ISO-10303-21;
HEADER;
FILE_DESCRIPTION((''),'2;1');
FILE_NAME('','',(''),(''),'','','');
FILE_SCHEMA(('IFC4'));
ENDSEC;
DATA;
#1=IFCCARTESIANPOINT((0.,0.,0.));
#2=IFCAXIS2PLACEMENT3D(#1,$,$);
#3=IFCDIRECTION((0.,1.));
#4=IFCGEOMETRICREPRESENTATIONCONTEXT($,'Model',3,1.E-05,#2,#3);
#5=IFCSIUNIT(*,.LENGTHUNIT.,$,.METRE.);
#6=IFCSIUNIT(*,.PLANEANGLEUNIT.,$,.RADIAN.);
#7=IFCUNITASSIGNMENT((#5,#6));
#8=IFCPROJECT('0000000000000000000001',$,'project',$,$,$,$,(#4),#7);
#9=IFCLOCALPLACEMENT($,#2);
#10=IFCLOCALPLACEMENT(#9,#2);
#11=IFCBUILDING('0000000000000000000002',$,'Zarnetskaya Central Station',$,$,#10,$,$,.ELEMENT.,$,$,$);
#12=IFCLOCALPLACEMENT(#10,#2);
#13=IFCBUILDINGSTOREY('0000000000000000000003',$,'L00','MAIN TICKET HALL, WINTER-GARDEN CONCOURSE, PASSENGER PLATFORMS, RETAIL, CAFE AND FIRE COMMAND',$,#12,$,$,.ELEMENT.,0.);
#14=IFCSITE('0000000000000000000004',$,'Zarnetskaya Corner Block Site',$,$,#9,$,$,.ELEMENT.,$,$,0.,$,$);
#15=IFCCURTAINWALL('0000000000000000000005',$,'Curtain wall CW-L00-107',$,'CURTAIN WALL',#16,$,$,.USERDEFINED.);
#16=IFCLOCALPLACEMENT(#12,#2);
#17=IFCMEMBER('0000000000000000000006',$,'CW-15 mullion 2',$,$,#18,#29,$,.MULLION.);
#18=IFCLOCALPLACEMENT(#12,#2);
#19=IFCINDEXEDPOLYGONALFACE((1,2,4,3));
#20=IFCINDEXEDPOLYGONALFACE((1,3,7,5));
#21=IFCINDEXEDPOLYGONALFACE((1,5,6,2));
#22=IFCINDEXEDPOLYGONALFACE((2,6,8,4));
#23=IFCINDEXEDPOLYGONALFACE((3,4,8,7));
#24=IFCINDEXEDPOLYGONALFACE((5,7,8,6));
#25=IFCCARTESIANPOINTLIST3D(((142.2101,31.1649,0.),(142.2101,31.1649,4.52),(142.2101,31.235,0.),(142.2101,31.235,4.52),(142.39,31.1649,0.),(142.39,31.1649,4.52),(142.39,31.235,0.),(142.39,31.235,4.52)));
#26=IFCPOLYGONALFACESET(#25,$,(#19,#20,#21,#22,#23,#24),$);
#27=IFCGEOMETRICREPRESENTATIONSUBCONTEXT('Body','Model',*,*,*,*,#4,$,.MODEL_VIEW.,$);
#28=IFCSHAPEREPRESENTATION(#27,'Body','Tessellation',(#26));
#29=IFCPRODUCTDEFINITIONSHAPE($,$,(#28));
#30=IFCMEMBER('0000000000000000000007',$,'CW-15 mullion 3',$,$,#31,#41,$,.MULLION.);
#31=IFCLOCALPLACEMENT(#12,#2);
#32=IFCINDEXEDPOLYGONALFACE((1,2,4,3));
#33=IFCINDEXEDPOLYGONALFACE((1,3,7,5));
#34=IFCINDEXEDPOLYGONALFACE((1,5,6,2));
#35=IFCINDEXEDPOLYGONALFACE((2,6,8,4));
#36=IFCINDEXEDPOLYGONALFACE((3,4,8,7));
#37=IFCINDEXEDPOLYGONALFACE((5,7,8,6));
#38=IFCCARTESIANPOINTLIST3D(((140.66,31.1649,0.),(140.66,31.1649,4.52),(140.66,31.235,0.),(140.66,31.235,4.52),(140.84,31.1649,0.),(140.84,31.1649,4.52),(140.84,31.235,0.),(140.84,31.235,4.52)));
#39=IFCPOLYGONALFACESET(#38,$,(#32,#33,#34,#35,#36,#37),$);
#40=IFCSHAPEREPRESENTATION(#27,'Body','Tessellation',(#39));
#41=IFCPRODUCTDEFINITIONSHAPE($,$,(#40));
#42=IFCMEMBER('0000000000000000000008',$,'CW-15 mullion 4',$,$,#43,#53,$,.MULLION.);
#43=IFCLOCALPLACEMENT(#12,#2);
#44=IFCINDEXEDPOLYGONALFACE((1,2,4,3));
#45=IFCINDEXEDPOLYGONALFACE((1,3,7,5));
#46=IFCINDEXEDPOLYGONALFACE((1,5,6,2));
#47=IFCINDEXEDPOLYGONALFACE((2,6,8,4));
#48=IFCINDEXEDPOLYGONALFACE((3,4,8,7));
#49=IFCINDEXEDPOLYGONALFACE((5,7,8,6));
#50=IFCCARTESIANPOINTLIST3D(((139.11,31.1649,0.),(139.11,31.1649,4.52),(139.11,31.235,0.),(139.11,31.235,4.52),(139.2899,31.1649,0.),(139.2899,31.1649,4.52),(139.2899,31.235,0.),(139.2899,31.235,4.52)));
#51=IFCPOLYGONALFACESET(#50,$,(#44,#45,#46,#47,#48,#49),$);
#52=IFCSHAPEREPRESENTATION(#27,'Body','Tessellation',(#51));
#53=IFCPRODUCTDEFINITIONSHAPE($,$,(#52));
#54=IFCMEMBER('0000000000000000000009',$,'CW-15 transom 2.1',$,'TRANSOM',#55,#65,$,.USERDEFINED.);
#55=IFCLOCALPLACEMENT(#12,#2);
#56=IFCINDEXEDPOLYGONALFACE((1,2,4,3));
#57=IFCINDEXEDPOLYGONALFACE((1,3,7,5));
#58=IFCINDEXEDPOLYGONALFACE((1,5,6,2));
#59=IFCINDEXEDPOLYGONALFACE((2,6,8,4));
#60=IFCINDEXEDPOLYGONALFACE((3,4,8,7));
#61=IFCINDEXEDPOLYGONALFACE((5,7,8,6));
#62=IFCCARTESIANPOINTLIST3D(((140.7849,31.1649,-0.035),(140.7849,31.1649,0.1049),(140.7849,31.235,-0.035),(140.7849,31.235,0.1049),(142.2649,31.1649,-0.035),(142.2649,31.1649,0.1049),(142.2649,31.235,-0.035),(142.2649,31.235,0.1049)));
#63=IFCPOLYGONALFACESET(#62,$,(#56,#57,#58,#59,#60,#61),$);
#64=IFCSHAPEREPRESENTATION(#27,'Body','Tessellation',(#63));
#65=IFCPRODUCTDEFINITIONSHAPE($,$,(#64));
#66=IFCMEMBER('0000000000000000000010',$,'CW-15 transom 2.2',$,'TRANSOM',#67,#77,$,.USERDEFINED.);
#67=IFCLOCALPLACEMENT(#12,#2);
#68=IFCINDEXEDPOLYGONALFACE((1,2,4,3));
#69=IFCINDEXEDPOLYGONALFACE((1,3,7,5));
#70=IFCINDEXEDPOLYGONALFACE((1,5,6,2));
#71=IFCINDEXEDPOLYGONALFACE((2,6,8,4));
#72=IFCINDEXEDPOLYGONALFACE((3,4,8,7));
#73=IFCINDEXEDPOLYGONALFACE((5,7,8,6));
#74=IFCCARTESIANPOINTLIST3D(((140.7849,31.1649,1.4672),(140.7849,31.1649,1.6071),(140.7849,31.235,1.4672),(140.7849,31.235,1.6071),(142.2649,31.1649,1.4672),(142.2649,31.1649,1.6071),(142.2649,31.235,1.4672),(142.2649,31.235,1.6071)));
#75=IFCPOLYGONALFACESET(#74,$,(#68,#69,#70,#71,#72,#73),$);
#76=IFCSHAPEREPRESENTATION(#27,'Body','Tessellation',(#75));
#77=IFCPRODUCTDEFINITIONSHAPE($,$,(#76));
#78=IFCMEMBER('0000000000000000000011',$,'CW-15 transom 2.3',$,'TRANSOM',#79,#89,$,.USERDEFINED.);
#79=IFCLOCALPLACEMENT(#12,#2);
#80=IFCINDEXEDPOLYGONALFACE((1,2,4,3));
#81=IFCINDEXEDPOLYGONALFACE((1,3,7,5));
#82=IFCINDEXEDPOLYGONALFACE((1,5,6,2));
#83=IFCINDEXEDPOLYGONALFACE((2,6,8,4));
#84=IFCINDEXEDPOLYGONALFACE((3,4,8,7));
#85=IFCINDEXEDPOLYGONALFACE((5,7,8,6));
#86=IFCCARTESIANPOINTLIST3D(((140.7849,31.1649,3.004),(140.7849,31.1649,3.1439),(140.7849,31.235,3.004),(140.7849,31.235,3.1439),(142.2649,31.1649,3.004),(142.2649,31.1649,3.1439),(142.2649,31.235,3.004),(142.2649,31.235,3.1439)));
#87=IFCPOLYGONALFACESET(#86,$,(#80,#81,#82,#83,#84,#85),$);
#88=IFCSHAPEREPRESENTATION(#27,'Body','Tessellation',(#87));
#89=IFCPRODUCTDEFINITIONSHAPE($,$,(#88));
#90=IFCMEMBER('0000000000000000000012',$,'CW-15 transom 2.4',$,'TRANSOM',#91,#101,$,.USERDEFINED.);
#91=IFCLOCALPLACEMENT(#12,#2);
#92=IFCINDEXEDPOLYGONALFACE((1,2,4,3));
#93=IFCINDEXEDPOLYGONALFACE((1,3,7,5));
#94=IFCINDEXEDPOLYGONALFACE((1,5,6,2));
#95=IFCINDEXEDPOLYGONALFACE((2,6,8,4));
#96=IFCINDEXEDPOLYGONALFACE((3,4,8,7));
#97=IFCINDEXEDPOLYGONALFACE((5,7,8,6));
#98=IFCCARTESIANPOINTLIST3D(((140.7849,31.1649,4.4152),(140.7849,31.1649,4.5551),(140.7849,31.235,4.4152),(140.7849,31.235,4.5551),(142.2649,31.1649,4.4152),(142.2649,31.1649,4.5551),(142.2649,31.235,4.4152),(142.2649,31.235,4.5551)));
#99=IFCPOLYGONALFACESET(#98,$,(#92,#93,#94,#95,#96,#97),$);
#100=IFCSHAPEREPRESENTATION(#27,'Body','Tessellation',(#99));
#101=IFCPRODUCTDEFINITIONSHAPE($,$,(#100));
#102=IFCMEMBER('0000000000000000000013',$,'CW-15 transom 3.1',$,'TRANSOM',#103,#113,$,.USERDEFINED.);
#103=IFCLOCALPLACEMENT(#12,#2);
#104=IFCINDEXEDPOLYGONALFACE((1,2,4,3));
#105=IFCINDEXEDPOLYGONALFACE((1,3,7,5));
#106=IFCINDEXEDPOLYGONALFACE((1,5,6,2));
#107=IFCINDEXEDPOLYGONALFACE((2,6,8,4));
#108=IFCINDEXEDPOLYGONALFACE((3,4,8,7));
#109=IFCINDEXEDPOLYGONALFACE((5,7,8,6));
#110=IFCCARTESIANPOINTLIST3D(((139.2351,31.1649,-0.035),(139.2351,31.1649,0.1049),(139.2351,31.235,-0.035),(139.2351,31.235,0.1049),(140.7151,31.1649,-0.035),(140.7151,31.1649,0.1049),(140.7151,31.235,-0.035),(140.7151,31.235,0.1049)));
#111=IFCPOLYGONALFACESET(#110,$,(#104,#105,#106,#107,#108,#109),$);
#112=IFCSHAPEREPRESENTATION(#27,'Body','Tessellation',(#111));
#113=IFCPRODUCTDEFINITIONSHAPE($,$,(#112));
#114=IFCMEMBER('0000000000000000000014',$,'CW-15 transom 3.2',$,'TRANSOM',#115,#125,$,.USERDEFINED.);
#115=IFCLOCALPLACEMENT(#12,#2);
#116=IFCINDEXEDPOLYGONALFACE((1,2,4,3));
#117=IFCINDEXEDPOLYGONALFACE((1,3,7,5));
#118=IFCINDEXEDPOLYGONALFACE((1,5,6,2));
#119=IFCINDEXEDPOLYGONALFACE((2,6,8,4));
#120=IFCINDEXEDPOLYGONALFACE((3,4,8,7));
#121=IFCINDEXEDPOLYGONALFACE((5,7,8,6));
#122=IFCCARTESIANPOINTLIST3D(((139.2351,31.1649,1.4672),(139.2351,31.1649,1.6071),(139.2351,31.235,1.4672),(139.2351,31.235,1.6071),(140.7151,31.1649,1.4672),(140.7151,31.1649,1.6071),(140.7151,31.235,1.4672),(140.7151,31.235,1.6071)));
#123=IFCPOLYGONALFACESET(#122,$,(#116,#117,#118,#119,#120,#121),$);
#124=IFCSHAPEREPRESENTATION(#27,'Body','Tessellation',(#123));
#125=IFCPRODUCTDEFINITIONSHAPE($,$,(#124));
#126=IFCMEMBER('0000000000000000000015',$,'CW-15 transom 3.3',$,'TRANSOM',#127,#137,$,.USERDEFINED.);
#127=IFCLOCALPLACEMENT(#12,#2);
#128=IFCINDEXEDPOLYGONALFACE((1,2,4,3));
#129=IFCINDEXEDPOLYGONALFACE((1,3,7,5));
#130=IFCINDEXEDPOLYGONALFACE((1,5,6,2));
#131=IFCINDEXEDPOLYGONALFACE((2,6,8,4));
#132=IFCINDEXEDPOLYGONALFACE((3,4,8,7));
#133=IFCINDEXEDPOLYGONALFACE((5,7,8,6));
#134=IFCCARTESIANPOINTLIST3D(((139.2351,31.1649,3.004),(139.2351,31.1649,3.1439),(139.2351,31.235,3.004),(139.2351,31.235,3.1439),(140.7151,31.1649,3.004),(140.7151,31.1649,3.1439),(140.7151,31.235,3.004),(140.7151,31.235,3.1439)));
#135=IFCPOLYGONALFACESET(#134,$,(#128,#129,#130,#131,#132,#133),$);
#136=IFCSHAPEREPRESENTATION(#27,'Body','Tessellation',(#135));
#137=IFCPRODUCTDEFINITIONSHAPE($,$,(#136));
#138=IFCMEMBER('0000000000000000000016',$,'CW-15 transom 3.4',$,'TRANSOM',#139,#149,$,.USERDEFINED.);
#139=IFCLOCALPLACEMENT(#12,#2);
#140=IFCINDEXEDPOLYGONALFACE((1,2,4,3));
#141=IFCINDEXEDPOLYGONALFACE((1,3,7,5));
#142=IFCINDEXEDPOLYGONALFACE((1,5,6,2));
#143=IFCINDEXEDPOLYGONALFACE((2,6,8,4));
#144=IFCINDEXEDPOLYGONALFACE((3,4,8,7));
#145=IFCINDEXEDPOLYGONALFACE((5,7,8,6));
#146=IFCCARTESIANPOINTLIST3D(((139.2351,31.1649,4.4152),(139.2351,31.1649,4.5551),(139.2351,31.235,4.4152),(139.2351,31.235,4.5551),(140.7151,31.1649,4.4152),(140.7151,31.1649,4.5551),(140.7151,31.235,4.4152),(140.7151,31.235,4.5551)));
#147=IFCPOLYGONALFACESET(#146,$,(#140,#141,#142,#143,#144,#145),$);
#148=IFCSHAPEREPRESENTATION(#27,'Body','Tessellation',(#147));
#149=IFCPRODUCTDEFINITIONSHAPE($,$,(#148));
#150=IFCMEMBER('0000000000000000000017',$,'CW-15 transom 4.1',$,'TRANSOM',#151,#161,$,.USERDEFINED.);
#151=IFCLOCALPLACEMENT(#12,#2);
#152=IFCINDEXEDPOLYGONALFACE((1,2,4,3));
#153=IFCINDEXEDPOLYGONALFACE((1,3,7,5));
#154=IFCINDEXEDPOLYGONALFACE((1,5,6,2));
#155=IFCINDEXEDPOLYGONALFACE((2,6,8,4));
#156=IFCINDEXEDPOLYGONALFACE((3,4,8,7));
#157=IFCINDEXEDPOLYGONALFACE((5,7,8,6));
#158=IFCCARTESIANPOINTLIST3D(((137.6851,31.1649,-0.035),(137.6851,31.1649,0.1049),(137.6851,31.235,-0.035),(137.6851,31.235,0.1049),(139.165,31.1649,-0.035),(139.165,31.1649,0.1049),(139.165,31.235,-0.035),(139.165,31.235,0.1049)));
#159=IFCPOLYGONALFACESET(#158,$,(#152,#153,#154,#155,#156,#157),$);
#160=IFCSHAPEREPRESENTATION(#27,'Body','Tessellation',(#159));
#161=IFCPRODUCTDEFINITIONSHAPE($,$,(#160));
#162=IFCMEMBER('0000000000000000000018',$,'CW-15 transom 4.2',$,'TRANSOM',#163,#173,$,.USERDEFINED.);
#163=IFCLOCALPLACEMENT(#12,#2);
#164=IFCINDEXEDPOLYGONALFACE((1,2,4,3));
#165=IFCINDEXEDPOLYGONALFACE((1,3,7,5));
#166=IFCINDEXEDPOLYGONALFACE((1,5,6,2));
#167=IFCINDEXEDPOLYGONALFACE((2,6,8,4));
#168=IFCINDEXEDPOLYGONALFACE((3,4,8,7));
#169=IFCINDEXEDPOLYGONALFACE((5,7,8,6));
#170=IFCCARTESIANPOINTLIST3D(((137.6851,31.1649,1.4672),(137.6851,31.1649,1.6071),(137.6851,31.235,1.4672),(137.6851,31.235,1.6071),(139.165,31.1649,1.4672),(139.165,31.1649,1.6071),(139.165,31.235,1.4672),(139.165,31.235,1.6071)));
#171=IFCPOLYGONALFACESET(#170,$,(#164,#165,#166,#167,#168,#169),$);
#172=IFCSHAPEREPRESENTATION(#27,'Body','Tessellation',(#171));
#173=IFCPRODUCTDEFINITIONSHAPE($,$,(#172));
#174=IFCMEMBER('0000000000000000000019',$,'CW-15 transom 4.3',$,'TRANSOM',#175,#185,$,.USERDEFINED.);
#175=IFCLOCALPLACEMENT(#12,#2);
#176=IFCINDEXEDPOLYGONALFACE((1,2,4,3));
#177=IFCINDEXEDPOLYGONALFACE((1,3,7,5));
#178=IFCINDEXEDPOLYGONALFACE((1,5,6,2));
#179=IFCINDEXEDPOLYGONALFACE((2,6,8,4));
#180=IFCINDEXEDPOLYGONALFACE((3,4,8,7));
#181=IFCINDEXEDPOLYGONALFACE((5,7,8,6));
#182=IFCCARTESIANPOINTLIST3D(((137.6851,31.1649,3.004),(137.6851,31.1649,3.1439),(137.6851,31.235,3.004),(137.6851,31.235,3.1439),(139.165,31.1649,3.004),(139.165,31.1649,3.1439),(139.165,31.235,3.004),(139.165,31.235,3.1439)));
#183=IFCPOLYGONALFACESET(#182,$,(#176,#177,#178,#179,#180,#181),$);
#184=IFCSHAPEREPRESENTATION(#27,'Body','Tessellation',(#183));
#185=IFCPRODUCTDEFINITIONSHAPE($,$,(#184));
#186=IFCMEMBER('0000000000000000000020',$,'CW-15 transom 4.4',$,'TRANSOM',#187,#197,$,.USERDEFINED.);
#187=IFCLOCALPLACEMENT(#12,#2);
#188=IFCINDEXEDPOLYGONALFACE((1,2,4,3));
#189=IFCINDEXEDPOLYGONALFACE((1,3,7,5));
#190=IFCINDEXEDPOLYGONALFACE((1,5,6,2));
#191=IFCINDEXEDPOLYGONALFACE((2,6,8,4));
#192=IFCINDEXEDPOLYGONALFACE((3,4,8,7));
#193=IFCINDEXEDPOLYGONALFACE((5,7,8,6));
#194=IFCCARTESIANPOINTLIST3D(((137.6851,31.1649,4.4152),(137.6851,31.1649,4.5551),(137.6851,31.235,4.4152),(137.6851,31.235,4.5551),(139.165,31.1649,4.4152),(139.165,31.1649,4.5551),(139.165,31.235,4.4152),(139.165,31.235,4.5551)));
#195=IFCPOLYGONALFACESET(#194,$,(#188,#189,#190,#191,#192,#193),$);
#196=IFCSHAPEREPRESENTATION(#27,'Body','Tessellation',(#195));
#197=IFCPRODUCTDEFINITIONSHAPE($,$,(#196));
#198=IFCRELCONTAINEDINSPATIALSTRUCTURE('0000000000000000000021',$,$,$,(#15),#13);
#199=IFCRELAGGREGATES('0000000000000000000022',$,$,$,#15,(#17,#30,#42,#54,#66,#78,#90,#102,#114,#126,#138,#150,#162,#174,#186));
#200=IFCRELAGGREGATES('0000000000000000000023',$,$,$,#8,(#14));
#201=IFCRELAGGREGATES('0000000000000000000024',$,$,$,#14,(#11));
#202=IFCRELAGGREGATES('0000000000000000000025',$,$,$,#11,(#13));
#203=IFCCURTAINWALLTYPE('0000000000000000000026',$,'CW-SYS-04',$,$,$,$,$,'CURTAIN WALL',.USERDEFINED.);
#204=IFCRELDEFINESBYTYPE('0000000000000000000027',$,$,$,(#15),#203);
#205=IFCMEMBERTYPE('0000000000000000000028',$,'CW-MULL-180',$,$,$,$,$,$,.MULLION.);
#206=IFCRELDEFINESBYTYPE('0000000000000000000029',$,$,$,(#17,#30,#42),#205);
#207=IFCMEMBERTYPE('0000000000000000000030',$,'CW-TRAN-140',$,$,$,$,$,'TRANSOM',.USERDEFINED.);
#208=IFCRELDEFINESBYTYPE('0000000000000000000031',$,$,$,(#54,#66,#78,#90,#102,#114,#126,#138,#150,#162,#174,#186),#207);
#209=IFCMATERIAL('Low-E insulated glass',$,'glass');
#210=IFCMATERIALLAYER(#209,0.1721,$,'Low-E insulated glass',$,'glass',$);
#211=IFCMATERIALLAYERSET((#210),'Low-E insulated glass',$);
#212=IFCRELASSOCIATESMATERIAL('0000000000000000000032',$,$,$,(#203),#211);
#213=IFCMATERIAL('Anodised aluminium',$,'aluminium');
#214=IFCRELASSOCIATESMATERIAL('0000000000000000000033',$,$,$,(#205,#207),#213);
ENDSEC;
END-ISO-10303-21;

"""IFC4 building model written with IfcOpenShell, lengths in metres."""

from ifc_helpers import new_model, si_unit, direction, frame, origin, origin_2d, place, context, subcontext, project, spatial, rectangle, extrude, material, layer, layer_set, material_profile, profile_set, type_object, element, aggregate, save


model = new_model("IFC4")

# Units and contexts
model_context = context("Model", 3, precision=1e-05, world=origin(), true_north=direction((0.0, 1.0)))
body_context = subcontext(model_context, "Body", "Model", "MODEL_VIEW")
ifc_project = project(units=[si_unit("LENGTHUNIT", "METRE"), si_unit("PLANEANGLEUNIT", "RADIAN")], contexts=[model_context])

# Site, building, storey
site_placement = place(None, origin())
site = spatial("IfcSite", under=ifc_project, at=site_placement, Name="Zarnetskaya Corner Block Site", CompositionType="ELEMENT", RefElevation=0.0)
building_placement = place(site_placement, origin())
building = spatial("IfcBuilding", under=site, at=building_placement, Name="Zarnetskaya Central Station", CompositionType="ELEMENT")
storey_placement = place(building_placement, origin())
storey = spatial("IfcBuildingStorey", under=building, at=storey_placement, Name="L00", Description="MAIN TICKET HALL, WINTER-GARDEN CONCOURSE, PASSENGER PLATFORMS, RETAIL, CAFE AND FIRE COMMAND", CompositionType="ELEMENT", Elevation=0.0)

# Curtain wall, members
ifc_material_1 = material(Name="Low-E insulated glass", Category="glass")
ifc_layer_1 = layer(ifc_material_1, 0.1721, Name="Low-E insulated glass", Category="glass")
ifc_layer_set_1 = layer_set([ifc_layer_1], Name="Low-E insulated glass")
curtain_wall_type = type_object("IfcCurtainWallType", Name="CW-SYS-04", ElementType="CURTAIN WALL", PredefinedType="USERDEFINED", material=ifc_layer_set_1)
curtain_wall_placement = place(storey_placement, origin())
curtain_wall = element("IfcCurtainWall", 1, at=curtain_wall_placement, inside=storey, type_object=curtain_wall_type, Name="Curtain wall CW-L00-107", ObjectType="CURTAIN WALL", PredefinedType="USERDEFINED")
ifc_material_2 = material(Name="Anodised aluminium", Category="aluminium")
ifc_material_profile_1 = material_profile(ifc_material_2, rectangle(XDim=0.0701, YDim=0.1799, at=origin_2d()), Name="ALU MULL 70x180")
ifc_profile_set_1 = profile_set([ifc_material_profile_1], Name="Anodised aluminium")
member_type_1 = type_object("IfcMemberType", Name="CW-MULL-180", PredefinedType="MULLION", material=ifc_profile_set_1)
member_1_placement = place(storey_placement, frame((142.3, 31.2, 0.0), z_axis=(0.0, 0.0, 1.0), x_axis=(0.0, -1.0, 0.0)))
member_1 = element("IfcMember", 2, at=member_1_placement, type_object=member_type_1, Name="CW-15 mullion 2", PredefinedType="MULLION", context=body_context, shape_type="SweptSolid", body=[
    extrude(rectangle(XDim=0.0701, YDim=0.1799, at=origin_2d()), origin(), (0.0, 0.0, 1.0), 4.52),
])
member_2_placement = place(storey_placement, frame((140.75, 31.2, 0.0), z_axis=(0.0, 0.0, 1.0), x_axis=(0.0, -1.0, 0.0)))
member_2 = element("IfcMember", 3, at=member_2_placement, type_object=member_type_1, Name="CW-15 mullion 3", PredefinedType="MULLION", context=body_context, shape_type="SweptSolid", body=[
    extrude(rectangle(XDim=0.0701, YDim=0.1799, at=origin_2d()), origin(), (0.0, 0.0, 1.0), 4.52),
])
member_3_placement = place(storey_placement, frame((139.2, 31.2, 0.0), z_axis=(0.0, 0.0, 1.0), x_axis=(0.0, -1.0, 0.0)))
member_3 = element("IfcMember", 4, at=member_3_placement, type_object=member_type_1, Name="CW-15 mullion 4", PredefinedType="MULLION", context=body_context, shape_type="SweptSolid", body=[
    extrude(rectangle(XDim=0.0701, YDim=0.1799, at=origin_2d()), origin(), (0.0, 0.0, 1.0), 4.52),
])
ifc_material_profile_2 = material_profile(ifc_material_2, rectangle(XDim=0.0701, YDim=0.1399, at=origin_2d()), Name="ALU TRAN 70x140")
ifc_profile_set_2 = profile_set([ifc_material_profile_2], Name="Anodised aluminium")
member_type_2 = type_object("IfcMemberType", Name="CW-TRAN-140", ElementType="TRANSOM", PredefinedType="USERDEFINED", material=ifc_profile_set_2)
member_4_placement = place(storey_placement, frame((142.2649, 31.2, 0.0349), z_axis=(-1.0, 0.0, 0.0), x_axis=(0.0, -1.0, 0.0)))
member_4 = element("IfcMember", 5, at=member_4_placement, type_object=member_type_2, Name="CW-15 transom 2.1", ObjectType="TRANSOM", PredefinedType="USERDEFINED", context=body_context, shape_type="SweptSolid", body=[
    extrude(rectangle(XDim=0.0701, YDim=0.1399, at=origin_2d()), origin(), (0.0, 0.0, 1.0), 1.48),
])
member_5_placement = place(storey_placement, frame((142.2649, 31.2, 1.5371), z_axis=(-1.0, 0.0, 0.0), x_axis=(0.0, -1.0, 0.0)))
member_5 = element("IfcMember", 6, at=member_5_placement, type_object=member_type_2, Name="CW-15 transom 2.2", ObjectType="TRANSOM", PredefinedType="USERDEFINED", context=body_context, shape_type="SweptSolid", body=[
    extrude(rectangle(XDim=0.0701, YDim=0.1399, at=origin_2d()), origin(), (0.0, 0.0, 1.0), 1.48),
])
member_6_placement = place(storey_placement, frame((142.2649, 31.2, 3.074), z_axis=(-1.0, 0.0, 0.0), x_axis=(0.0, -1.0, 0.0)))
member_6 = element("IfcMember", 7, at=member_6_placement, type_object=member_type_2, Name="CW-15 transom 2.3", ObjectType="TRANSOM", PredefinedType="USERDEFINED", context=body_context, shape_type="SweptSolid", body=[
    extrude(rectangle(XDim=0.0701, YDim=0.1399, at=origin_2d()), origin(), (0.0, 0.0, 1.0), 1.48),
])
member_7_placement = place(storey_placement, frame((142.2649, 31.2, 4.4851), z_axis=(-1.0, 0.0, 0.0), x_axis=(0.0, -1.0, 0.0)))
member_7 = element("IfcMember", 8, at=member_7_placement, type_object=member_type_2, Name="CW-15 transom 2.4", ObjectType="TRANSOM", PredefinedType="USERDEFINED", context=body_context, shape_type="SweptSolid", body=[
    extrude(rectangle(XDim=0.0701, YDim=0.1399, at=origin_2d()), origin(), (0.0, 0.0, 1.0), 1.48),
])
member_8_placement = place(storey_placement, frame((140.7151, 31.2, 0.0349), z_axis=(-1.0, 0.0, 0.0), x_axis=(0.0, -1.0, 0.0)))
member_8 = element("IfcMember", 9, at=member_8_placement, type_object=member_type_2, Name="CW-15 transom 3.1", ObjectType="TRANSOM", PredefinedType="USERDEFINED", context=body_context, shape_type="SweptSolid", body=[
    extrude(rectangle(XDim=0.0701, YDim=0.1399, at=origin_2d()), origin(), (0.0, 0.0, 1.0), 1.48),
])
member_9_placement = place(storey_placement, frame((140.7151, 31.2, 1.5371), z_axis=(-1.0, 0.0, 0.0), x_axis=(0.0, -1.0, 0.0)))
member_9 = element("IfcMember", 10, at=member_9_placement, type_object=member_type_2, Name="CW-15 transom 3.2", ObjectType="TRANSOM", PredefinedType="USERDEFINED", context=body_context, shape_type="SweptSolid", body=[
    extrude(rectangle(XDim=0.0701, YDim=0.1399, at=origin_2d()), origin(), (0.0, 0.0, 1.0), 1.48),
])
member_10_placement = place(storey_placement, frame((140.7151, 31.2, 3.074), z_axis=(-1.0, 0.0, 0.0), x_axis=(0.0, -1.0, 0.0)))
member_10 = element("IfcMember", 11, at=member_10_placement, type_object=member_type_2, Name="CW-15 transom 3.3", ObjectType="TRANSOM", PredefinedType="USERDEFINED", context=body_context, shape_type="SweptSolid", body=[
    extrude(rectangle(XDim=0.0701, YDim=0.1399, at=origin_2d()), origin(), (0.0, 0.0, 1.0), 1.48),
])
member_11_placement = place(storey_placement, frame((140.7151, 31.2, 4.4851), z_axis=(-1.0, 0.0, 0.0), x_axis=(0.0, -1.0, 0.0)))
member_11 = element("IfcMember", 12, at=member_11_placement, type_object=member_type_2, Name="CW-15 transom 3.4", ObjectType="TRANSOM", PredefinedType="USERDEFINED", context=body_context, shape_type="SweptSolid", body=[
    extrude(rectangle(XDim=0.0701, YDim=0.1399, at=origin_2d()), origin(), (0.0, 0.0, 1.0), 1.48),
])
member_12_placement = place(storey_placement, frame((139.165, 31.2, 0.0349), z_axis=(-1.0, 0.0, 0.0), x_axis=(0.0, -1.0, 0.0)))
member_12 = element("IfcMember", 13, at=member_12_placement, type_object=member_type_2, Name="CW-15 transom 4.1", ObjectType="TRANSOM", PredefinedType="USERDEFINED", context=body_context, shape_type="SweptSolid", body=[
    extrude(rectangle(XDim=0.0701, YDim=0.1399, at=origin_2d()), origin(), (0.0, 0.0, 1.0), 1.48),
])
member_13_placement = place(storey_placement, frame((139.165, 31.2, 1.5371), z_axis=(-1.0, 0.0, 0.0), x_axis=(0.0, -1.0, 0.0)))
member_13 = element("IfcMember", 14, at=member_13_placement, type_object=member_type_2, Name="CW-15 transom 4.2", ObjectType="TRANSOM", PredefinedType="USERDEFINED", context=body_context, shape_type="SweptSolid", body=[
    extrude(rectangle(XDim=0.0701, YDim=0.1399, at=origin_2d()), origin(), (0.0, 0.0, 1.0), 1.48),
])
member_14_placement = place(storey_placement, frame((139.165, 31.2, 3.074), z_axis=(-1.0, 0.0, 0.0), x_axis=(0.0, -1.0, 0.0)))
member_14 = element("IfcMember", 15, at=member_14_placement, type_object=member_type_2, Name="CW-15 transom 4.3", ObjectType="TRANSOM", PredefinedType="USERDEFINED", context=body_context, shape_type="SweptSolid", body=[
    extrude(rectangle(XDim=0.0701, YDim=0.1399, at=origin_2d()), origin(), (0.0, 0.0, 1.0), 1.48),
])
member_15_placement = place(storey_placement, frame((139.165, 31.2, 4.4851), z_axis=(-1.0, 0.0, 0.0), x_axis=(0.0, -1.0, 0.0)))
member_15 = element("IfcMember", 16, at=member_15_placement, type_object=member_type_2, Name="CW-15 transom 4.4", ObjectType="TRANSOM", PredefinedType="USERDEFINED", context=body_context, shape_type="SweptSolid", body=[
    extrude(rectangle(XDim=0.0701, YDim=0.1399, at=origin_2d()), origin(), (0.0, 0.0, 1.0), 1.48),
])
aggregate(curtain_wall, [member_1, member_2, member_3, member_4, member_5, member_6, member_7, member_8, member_9, member_10, member_11, member_12, member_13, member_14, member_15])

save(model, "model.ifc")
